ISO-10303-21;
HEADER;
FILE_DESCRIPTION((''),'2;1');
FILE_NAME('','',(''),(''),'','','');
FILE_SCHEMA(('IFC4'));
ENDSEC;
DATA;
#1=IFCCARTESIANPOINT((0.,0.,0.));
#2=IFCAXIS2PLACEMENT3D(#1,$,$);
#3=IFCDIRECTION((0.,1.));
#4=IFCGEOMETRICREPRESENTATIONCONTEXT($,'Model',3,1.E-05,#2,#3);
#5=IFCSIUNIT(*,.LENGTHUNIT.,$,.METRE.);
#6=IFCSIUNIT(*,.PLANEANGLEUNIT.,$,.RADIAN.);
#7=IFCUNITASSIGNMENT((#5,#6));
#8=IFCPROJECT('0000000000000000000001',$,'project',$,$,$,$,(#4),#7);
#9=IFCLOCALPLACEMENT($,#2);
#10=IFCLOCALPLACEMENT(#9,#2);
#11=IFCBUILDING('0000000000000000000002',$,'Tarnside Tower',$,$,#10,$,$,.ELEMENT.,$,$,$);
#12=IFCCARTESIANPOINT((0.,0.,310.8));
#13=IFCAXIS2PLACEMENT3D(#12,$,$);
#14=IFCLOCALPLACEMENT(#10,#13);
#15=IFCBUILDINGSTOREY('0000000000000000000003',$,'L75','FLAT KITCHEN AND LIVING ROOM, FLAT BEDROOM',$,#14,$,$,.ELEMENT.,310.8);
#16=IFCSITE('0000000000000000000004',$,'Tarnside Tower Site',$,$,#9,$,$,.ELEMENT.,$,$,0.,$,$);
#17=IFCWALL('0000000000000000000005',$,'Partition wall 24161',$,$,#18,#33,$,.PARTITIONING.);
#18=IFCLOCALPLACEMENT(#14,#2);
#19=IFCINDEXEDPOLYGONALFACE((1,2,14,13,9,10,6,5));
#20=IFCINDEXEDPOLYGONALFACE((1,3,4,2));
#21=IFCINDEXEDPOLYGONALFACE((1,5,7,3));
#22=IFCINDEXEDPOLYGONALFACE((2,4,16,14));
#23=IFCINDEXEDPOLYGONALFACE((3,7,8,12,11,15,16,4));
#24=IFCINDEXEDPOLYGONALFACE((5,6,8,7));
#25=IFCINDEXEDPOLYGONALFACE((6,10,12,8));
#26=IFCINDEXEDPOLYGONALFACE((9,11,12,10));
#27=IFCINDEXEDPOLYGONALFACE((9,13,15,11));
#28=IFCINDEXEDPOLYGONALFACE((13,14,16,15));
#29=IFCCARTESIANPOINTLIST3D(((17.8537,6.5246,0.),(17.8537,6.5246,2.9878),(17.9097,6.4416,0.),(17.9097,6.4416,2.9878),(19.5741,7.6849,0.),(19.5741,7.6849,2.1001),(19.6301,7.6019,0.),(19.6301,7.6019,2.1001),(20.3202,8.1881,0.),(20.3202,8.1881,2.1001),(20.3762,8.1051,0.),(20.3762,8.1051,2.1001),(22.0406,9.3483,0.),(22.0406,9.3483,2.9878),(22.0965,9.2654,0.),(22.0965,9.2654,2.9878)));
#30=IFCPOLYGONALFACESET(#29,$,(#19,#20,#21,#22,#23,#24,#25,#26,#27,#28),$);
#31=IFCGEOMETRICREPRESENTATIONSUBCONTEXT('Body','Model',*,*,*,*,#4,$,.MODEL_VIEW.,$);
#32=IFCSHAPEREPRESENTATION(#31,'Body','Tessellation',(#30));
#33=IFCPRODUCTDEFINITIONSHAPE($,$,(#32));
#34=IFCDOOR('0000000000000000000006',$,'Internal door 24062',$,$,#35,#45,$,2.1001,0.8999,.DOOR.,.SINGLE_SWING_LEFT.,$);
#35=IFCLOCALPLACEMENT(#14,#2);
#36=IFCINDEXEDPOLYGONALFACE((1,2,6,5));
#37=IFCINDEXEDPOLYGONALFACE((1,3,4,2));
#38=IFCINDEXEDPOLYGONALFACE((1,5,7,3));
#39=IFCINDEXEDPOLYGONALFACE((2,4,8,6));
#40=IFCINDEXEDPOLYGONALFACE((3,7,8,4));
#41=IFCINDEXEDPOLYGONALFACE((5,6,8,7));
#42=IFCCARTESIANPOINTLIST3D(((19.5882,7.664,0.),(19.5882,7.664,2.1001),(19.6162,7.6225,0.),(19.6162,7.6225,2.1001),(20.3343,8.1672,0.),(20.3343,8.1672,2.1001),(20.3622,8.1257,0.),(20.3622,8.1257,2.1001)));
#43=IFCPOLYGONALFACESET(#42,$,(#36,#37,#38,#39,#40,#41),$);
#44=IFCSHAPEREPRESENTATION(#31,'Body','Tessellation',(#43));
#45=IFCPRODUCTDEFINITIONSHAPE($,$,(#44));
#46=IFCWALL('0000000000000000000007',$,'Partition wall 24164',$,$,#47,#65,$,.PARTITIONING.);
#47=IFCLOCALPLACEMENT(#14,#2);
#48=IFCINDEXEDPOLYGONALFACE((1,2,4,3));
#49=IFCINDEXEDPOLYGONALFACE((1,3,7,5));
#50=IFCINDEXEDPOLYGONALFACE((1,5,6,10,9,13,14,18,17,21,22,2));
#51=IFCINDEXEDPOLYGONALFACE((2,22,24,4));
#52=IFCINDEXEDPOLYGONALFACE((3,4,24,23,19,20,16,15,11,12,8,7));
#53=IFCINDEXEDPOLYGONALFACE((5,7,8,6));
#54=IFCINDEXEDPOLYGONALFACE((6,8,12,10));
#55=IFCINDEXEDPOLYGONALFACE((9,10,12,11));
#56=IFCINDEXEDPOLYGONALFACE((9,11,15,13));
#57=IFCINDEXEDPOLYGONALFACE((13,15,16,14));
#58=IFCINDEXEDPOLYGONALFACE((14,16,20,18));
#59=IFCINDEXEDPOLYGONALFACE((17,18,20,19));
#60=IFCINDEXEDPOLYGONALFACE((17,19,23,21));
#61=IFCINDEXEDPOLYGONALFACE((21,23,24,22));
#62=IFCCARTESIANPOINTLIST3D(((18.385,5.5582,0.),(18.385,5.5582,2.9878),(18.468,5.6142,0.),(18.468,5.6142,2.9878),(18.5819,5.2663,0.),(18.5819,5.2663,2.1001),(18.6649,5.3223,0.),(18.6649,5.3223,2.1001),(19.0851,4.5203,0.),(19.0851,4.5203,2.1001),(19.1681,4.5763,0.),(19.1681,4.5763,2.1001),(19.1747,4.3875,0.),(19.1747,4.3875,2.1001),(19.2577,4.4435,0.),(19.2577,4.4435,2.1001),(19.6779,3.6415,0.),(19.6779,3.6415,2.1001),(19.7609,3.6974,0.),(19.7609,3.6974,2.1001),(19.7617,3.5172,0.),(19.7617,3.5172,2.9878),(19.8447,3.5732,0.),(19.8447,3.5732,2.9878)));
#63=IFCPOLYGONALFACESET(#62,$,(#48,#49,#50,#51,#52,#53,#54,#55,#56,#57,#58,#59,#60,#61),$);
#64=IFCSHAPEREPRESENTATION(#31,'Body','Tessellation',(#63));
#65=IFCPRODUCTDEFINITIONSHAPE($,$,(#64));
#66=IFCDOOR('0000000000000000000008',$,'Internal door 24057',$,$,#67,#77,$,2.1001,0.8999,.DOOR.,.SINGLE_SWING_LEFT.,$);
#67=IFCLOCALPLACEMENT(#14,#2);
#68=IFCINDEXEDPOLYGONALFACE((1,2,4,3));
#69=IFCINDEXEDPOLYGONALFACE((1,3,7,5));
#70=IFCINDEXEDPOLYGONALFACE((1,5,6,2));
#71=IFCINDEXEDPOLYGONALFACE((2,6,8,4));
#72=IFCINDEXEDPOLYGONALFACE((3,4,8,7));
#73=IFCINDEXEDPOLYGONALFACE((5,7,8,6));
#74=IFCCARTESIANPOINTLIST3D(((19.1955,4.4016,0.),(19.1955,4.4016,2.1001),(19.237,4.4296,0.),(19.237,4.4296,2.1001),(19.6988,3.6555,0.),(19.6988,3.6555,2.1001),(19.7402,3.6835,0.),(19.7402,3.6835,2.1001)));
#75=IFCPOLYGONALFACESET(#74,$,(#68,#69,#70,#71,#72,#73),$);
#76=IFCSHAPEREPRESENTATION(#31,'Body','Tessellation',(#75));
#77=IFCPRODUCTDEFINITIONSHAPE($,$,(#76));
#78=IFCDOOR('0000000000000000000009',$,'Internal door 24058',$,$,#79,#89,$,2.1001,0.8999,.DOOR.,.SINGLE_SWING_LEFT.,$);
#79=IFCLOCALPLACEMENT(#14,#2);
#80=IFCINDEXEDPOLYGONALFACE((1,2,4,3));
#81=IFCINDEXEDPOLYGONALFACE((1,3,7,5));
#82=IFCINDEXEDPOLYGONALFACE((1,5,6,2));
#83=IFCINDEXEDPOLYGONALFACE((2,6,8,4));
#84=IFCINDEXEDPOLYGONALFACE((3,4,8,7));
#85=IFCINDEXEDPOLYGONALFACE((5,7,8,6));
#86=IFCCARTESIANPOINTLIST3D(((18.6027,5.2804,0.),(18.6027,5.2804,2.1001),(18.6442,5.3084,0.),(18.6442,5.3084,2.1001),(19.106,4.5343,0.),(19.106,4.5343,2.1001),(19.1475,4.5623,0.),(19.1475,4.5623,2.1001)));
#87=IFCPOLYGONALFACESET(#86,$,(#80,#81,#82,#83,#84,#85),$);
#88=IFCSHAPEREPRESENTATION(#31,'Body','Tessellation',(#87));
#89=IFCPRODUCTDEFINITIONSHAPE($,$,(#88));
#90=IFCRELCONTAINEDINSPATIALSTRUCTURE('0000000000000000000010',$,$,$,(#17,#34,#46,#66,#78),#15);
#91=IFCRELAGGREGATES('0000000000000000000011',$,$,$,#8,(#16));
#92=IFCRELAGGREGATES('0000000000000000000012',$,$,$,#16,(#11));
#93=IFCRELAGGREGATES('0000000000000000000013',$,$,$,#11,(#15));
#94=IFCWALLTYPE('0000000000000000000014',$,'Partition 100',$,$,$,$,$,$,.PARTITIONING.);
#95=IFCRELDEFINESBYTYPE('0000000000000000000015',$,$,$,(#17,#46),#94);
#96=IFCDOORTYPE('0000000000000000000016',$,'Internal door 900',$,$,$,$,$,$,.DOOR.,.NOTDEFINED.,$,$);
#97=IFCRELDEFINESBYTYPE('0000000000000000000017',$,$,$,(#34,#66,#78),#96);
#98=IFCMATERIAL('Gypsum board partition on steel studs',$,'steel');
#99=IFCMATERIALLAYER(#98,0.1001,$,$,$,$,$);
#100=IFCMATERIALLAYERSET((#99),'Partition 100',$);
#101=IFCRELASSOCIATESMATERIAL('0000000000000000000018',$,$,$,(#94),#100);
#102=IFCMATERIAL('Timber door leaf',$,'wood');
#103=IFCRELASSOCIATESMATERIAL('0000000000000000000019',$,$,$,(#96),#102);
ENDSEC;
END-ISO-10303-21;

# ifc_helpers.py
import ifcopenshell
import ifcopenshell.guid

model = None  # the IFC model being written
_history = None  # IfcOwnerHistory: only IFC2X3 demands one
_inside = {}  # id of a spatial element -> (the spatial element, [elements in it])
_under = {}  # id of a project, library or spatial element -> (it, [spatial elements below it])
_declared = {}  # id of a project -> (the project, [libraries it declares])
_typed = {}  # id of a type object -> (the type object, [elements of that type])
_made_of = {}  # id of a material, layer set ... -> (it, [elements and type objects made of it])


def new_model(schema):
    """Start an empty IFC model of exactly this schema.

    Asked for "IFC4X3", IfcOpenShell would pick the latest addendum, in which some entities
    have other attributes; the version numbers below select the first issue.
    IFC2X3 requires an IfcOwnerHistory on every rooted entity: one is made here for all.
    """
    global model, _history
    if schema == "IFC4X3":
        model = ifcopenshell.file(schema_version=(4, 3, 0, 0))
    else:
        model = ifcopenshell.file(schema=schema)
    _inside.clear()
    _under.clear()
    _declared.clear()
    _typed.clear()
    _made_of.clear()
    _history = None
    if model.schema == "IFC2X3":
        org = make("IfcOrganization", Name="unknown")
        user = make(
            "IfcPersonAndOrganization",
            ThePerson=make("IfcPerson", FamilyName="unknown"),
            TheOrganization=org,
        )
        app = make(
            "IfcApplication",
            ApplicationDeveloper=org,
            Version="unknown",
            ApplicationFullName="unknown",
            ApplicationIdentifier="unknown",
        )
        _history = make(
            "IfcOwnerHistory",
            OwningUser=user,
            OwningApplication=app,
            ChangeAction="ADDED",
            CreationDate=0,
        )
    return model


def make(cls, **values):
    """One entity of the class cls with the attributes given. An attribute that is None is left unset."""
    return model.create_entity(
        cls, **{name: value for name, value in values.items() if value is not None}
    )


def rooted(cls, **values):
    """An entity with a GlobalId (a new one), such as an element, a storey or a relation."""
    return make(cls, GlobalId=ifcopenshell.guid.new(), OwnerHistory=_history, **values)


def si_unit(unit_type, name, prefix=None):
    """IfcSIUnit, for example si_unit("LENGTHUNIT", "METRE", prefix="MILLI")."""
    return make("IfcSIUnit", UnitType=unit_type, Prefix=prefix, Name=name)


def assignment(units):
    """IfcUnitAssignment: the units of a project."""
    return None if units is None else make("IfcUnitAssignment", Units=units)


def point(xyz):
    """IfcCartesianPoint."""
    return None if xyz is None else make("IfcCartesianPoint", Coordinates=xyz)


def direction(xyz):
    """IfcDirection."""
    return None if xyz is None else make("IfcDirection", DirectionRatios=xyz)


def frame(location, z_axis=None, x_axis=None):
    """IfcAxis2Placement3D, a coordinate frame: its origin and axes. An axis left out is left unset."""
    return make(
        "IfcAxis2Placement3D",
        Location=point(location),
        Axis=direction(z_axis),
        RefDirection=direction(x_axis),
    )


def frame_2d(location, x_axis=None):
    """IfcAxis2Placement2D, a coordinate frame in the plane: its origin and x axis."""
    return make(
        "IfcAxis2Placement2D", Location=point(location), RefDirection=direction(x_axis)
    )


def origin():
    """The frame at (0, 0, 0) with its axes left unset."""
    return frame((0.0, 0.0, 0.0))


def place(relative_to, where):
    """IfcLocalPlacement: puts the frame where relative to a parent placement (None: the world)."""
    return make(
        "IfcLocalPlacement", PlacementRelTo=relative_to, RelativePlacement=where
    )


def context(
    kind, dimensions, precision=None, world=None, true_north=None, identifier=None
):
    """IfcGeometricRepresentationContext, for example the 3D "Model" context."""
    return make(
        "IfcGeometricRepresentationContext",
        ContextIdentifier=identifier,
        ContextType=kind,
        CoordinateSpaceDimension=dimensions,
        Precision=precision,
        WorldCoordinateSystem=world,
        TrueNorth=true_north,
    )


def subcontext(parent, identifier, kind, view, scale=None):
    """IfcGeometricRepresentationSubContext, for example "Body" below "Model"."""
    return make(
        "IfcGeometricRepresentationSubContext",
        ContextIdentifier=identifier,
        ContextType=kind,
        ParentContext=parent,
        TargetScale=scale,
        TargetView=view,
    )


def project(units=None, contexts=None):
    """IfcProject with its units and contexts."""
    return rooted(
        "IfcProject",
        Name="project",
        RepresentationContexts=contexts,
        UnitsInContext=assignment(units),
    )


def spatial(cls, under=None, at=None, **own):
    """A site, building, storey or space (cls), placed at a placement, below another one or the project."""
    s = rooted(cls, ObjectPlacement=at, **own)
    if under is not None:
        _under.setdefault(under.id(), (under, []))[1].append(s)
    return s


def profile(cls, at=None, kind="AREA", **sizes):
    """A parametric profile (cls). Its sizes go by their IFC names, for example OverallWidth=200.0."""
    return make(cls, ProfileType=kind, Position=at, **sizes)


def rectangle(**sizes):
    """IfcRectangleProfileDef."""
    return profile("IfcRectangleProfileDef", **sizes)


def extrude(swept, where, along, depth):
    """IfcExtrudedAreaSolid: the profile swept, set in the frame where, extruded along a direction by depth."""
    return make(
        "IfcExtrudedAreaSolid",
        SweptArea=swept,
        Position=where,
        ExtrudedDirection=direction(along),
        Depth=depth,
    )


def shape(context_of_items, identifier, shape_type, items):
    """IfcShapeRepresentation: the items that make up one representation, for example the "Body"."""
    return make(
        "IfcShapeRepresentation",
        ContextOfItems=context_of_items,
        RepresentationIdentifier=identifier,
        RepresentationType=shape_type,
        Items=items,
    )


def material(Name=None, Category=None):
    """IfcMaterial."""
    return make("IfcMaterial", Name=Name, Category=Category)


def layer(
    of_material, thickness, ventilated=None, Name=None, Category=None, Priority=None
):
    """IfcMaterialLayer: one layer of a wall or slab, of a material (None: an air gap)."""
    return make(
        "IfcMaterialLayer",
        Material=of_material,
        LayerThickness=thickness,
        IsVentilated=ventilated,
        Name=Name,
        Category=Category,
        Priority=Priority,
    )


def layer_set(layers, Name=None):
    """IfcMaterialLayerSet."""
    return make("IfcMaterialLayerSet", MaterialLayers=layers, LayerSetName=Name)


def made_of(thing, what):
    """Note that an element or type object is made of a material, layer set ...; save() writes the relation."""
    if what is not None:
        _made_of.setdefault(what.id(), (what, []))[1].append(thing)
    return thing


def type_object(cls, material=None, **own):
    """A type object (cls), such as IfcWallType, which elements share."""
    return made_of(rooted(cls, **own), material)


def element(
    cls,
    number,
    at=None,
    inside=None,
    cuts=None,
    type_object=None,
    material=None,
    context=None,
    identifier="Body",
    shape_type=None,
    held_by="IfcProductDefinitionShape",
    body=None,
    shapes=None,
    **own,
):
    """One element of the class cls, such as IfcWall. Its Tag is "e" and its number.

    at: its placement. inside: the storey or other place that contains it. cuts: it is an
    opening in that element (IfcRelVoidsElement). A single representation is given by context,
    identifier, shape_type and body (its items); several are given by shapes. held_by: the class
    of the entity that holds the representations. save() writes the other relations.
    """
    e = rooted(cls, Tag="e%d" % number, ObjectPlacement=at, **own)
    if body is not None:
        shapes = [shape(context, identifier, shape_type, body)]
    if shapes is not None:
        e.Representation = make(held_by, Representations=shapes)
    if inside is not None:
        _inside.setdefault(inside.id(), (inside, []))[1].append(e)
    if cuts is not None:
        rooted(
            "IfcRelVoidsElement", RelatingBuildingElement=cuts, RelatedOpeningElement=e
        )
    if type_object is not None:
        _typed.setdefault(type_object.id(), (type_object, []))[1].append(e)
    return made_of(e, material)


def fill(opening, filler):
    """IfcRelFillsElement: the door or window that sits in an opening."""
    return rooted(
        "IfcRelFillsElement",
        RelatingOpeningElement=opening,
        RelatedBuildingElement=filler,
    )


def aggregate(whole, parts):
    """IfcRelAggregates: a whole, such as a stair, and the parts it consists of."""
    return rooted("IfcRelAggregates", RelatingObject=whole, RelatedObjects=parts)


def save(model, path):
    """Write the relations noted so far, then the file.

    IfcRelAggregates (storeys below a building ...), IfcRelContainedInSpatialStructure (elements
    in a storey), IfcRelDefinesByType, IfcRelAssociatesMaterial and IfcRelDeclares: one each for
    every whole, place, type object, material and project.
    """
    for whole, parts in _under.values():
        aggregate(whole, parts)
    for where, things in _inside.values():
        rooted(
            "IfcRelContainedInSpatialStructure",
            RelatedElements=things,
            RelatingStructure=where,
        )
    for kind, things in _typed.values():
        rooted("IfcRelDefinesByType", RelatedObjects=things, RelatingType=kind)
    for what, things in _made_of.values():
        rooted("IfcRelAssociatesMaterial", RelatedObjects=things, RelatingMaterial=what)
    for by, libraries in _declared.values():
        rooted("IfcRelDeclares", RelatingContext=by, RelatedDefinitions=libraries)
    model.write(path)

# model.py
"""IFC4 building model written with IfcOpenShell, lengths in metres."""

from ifc_helpers import new_model, si_unit, direction, frame, frame_2d, origin, place, context, subcontext, project, spatial, rectangle, extrude, material, layer, layer_set, type_object, element, fill, save


model = new_model("IFC4")

# Units and contexts
model_context = context("Model", 3, precision=1e-05, world=origin(), true_north=direction((0.0, 1.0)))
body_context = subcontext(model_context, "Body", "Model", "MODEL_VIEW")
ifc_project = project(units=[si_unit("LENGTHUNIT", "METRE"), si_unit("PLANEANGLEUNIT", "RADIAN")], contexts=[model_context])

# Site, building, storey
site_placement = place(None, origin())
site = spatial("IfcSite", under=ifc_project, at=site_placement, Name="Tarnside Tower Site", CompositionType="ELEMENT", RefElevation=0.0)
building_placement = place(site_placement, origin())
building = spatial("IfcBuilding", under=site, at=building_placement, Name="Tarnside Tower", CompositionType="ELEMENT")
storey_placement = place(building_placement, frame((0.0, 0.0, 310.8)))
storey = spatial("IfcBuildingStorey", under=building, at=storey_placement, Name="L75", Description="FLAT KITCHEN AND LIVING ROOM, FLAT BEDROOM", CompositionType="ELEMENT", Elevation=310.8)

# Shared definitions
ifc_material_1 = material(Name="Gypsum board partition on steel studs", Category="steel")

# Shared definitions
ifc_material_2 = material(Name="Timber door leaf", Category="wood")

# Wall, opening, door
ifc_layer_1 = layer(ifc_material_1, 0.1001)
ifc_layer_set_1 = layer_set([ifc_layer_1], Name="Partition 100")
wall_type_1 = type_object("IfcWallType", Name="Partition 100", PredefinedType="PARTITIONING", material=ifc_layer_set_1)
wall_1_placement = place(storey_placement, frame((17.8818, 6.4832, 0.0), z_axis=(0.0, 0.0, 1.0), x_axis=(0.829063, 0.559155, 0.0)))
wall_1 = element("IfcWall", 1, at=wall_1_placement, inside=storey, type_object=wall_type_1, Name="Partition wall 24161", PredefinedType="PARTITIONING", context=body_context, shape_type="SweptSolid", body=[
    extrude(rectangle(XDim=5.05, YDim=0.1001, at=frame_2d((2.5249, 0.0))), origin(), (0.0, 0.0, 1.0), 2.9878),
])
opening_1_placement = place(wall_1_placement, frame((2.075, 0.0, 0.0)))
opening_1 = element("IfcOpeningElement", 2, at=opening_1_placement, cuts=wall_1, PredefinedType="OPENING", context=body_context, shape_type="SweptSolid", body=[
    extrude(rectangle(XDim=0.8999, YDim=2.1001, at=frame_2d((0.45, 1.05))), frame((0.0, 0.0601, 0.0), z_axis=(0.0, -1.0, 0.0), x_axis=(1.0, 0.0, 0.0)), (0.0, 0.0, 1.0), 0.1201),
])
door_type_1 = type_object("IfcDoorType", Name="Internal door 900", OperationType="NOTDEFINED", PredefinedType="DOOR", material=ifc_material_2)
door_1_placement = place(opening_1_placement, origin())
door_1 = element("IfcDoor", 3, at=door_1_placement, inside=storey, type_object=door_type_1, Name="Internal door 24062", OperationType="SINGLE_SWING_LEFT", OverallHeight=2.1001, OverallWidth=0.8999, PredefinedType="DOOR", context=body_context, shape_type="SweptSolid", body=[
    extrude(rectangle(XDim=0.8999, YDim=2.1001, at=frame_2d((0.45, 1.05))), frame((0.0, 0.0249, 0.0), z_axis=(0.0, -1.0, 0.0), x_axis=(1.0, 0.0, 0.0)), (0.0, 0.0, 1.0), 0.05),
])
fill(opening_1, door_1)

# Wall, openings, doors
wall_2_placement = place(storey_placement, frame((19.8032, 3.5452, 0.0), z_axis=(0.0, 0.0, 1.0), x_axis=(-0.5592, 0.829033, 0.0)))
wall_2 = element("IfcWall", 4, at=wall_2_placement, inside=storey, type_object=wall_type_1, Name="Partition wall 24164", PredefinedType="PARTITIONING", context=body_context, shape_type="SweptSolid", body=[
    extrude(rectangle(XDim=2.4619, YDim=0.1001, at=frame_2d((1.231, 0.0))), origin(), (0.0, 0.0, 1.0), 2.9878),
])
opening_2_placement = place(wall_2_placement, frame((0.1499, 0.0, 0.0)))
opening_2 = element("IfcOpeningElement", 5, at=opening_2_placement, cuts=wall_2, PredefinedType="OPENING", context=body_context, shape_type="SweptSolid", body=[
    extrude(rectangle(XDim=0.8999, YDim=2.1001, at=frame_2d((0.45, 1.05))), frame((0.0, 0.0601, 0.0), z_axis=(0.0, -1.0, 0.0), x_axis=(1.0, 0.0, 0.0)), (0.0, 0.0, 1.0), 0.1201),
])
opening_3_placement = place(wall_2_placement, frame((1.21, 0.0, 0.0)))
opening_3 = element("IfcOpeningElement", 6, at=opening_3_placement, cuts=wall_2, PredefinedType="OPENING", context=body_context, shape_type="SweptSolid", body=[
    extrude(rectangle(XDim=0.8999, YDim=2.1001, at=frame_2d((0.45, 1.05))), frame((0.0, 0.0601, 0.0), z_axis=(0.0, -1.0, 0.0), x_axis=(1.0, 0.0, 0.0)), (0.0, 0.0, 1.0), 0.1201),
])
door_2_placement = place(opening_2_placement, origin())
door_2 = element("IfcDoor", 7, at=door_2_placement, inside=storey, type_object=door_type_1, Name="Internal door 24057", OperationType="SINGLE_SWING_LEFT", OverallHeight=2.1001, OverallWidth=0.8999, PredefinedType="DOOR", context=body_context, shape_type="SweptSolid", body=[
    extrude(rectangle(XDim=0.8999, YDim=2.1001, at=frame_2d((0.45, 1.05))), frame((0.0, 0.0249, 0.0), z_axis=(0.0, -1.0, 0.0), x_axis=(1.0, 0.0, 0.0)), (0.0, 0.0, 1.0), 0.05),
])
fill(opening_2, door_2)
door_3_placement = place(opening_3_placement, origin())
door_3 = element("IfcDoor", 8, at=door_3_placement, inside=storey, type_object=door_type_1, Name="Internal door 24058", OperationType="SINGLE_SWING_LEFT", OverallHeight=2.1001, OverallWidth=0.8999, PredefinedType="DOOR", context=body_context, shape_type="SweptSolid", body=[
    extrude(rectangle(XDim=0.8999, YDim=2.1001, at=frame_2d((0.45, 1.05))), frame((0.0, 0.0249, 0.0), z_axis=(0.0, -1.0, 0.0), x_axis=(1.0, 0.0, 0.0)), (0.0, 0.0, 1.0), 0.05),
])
fill(opening_3, door_3)

save(model, "model.ifc")
